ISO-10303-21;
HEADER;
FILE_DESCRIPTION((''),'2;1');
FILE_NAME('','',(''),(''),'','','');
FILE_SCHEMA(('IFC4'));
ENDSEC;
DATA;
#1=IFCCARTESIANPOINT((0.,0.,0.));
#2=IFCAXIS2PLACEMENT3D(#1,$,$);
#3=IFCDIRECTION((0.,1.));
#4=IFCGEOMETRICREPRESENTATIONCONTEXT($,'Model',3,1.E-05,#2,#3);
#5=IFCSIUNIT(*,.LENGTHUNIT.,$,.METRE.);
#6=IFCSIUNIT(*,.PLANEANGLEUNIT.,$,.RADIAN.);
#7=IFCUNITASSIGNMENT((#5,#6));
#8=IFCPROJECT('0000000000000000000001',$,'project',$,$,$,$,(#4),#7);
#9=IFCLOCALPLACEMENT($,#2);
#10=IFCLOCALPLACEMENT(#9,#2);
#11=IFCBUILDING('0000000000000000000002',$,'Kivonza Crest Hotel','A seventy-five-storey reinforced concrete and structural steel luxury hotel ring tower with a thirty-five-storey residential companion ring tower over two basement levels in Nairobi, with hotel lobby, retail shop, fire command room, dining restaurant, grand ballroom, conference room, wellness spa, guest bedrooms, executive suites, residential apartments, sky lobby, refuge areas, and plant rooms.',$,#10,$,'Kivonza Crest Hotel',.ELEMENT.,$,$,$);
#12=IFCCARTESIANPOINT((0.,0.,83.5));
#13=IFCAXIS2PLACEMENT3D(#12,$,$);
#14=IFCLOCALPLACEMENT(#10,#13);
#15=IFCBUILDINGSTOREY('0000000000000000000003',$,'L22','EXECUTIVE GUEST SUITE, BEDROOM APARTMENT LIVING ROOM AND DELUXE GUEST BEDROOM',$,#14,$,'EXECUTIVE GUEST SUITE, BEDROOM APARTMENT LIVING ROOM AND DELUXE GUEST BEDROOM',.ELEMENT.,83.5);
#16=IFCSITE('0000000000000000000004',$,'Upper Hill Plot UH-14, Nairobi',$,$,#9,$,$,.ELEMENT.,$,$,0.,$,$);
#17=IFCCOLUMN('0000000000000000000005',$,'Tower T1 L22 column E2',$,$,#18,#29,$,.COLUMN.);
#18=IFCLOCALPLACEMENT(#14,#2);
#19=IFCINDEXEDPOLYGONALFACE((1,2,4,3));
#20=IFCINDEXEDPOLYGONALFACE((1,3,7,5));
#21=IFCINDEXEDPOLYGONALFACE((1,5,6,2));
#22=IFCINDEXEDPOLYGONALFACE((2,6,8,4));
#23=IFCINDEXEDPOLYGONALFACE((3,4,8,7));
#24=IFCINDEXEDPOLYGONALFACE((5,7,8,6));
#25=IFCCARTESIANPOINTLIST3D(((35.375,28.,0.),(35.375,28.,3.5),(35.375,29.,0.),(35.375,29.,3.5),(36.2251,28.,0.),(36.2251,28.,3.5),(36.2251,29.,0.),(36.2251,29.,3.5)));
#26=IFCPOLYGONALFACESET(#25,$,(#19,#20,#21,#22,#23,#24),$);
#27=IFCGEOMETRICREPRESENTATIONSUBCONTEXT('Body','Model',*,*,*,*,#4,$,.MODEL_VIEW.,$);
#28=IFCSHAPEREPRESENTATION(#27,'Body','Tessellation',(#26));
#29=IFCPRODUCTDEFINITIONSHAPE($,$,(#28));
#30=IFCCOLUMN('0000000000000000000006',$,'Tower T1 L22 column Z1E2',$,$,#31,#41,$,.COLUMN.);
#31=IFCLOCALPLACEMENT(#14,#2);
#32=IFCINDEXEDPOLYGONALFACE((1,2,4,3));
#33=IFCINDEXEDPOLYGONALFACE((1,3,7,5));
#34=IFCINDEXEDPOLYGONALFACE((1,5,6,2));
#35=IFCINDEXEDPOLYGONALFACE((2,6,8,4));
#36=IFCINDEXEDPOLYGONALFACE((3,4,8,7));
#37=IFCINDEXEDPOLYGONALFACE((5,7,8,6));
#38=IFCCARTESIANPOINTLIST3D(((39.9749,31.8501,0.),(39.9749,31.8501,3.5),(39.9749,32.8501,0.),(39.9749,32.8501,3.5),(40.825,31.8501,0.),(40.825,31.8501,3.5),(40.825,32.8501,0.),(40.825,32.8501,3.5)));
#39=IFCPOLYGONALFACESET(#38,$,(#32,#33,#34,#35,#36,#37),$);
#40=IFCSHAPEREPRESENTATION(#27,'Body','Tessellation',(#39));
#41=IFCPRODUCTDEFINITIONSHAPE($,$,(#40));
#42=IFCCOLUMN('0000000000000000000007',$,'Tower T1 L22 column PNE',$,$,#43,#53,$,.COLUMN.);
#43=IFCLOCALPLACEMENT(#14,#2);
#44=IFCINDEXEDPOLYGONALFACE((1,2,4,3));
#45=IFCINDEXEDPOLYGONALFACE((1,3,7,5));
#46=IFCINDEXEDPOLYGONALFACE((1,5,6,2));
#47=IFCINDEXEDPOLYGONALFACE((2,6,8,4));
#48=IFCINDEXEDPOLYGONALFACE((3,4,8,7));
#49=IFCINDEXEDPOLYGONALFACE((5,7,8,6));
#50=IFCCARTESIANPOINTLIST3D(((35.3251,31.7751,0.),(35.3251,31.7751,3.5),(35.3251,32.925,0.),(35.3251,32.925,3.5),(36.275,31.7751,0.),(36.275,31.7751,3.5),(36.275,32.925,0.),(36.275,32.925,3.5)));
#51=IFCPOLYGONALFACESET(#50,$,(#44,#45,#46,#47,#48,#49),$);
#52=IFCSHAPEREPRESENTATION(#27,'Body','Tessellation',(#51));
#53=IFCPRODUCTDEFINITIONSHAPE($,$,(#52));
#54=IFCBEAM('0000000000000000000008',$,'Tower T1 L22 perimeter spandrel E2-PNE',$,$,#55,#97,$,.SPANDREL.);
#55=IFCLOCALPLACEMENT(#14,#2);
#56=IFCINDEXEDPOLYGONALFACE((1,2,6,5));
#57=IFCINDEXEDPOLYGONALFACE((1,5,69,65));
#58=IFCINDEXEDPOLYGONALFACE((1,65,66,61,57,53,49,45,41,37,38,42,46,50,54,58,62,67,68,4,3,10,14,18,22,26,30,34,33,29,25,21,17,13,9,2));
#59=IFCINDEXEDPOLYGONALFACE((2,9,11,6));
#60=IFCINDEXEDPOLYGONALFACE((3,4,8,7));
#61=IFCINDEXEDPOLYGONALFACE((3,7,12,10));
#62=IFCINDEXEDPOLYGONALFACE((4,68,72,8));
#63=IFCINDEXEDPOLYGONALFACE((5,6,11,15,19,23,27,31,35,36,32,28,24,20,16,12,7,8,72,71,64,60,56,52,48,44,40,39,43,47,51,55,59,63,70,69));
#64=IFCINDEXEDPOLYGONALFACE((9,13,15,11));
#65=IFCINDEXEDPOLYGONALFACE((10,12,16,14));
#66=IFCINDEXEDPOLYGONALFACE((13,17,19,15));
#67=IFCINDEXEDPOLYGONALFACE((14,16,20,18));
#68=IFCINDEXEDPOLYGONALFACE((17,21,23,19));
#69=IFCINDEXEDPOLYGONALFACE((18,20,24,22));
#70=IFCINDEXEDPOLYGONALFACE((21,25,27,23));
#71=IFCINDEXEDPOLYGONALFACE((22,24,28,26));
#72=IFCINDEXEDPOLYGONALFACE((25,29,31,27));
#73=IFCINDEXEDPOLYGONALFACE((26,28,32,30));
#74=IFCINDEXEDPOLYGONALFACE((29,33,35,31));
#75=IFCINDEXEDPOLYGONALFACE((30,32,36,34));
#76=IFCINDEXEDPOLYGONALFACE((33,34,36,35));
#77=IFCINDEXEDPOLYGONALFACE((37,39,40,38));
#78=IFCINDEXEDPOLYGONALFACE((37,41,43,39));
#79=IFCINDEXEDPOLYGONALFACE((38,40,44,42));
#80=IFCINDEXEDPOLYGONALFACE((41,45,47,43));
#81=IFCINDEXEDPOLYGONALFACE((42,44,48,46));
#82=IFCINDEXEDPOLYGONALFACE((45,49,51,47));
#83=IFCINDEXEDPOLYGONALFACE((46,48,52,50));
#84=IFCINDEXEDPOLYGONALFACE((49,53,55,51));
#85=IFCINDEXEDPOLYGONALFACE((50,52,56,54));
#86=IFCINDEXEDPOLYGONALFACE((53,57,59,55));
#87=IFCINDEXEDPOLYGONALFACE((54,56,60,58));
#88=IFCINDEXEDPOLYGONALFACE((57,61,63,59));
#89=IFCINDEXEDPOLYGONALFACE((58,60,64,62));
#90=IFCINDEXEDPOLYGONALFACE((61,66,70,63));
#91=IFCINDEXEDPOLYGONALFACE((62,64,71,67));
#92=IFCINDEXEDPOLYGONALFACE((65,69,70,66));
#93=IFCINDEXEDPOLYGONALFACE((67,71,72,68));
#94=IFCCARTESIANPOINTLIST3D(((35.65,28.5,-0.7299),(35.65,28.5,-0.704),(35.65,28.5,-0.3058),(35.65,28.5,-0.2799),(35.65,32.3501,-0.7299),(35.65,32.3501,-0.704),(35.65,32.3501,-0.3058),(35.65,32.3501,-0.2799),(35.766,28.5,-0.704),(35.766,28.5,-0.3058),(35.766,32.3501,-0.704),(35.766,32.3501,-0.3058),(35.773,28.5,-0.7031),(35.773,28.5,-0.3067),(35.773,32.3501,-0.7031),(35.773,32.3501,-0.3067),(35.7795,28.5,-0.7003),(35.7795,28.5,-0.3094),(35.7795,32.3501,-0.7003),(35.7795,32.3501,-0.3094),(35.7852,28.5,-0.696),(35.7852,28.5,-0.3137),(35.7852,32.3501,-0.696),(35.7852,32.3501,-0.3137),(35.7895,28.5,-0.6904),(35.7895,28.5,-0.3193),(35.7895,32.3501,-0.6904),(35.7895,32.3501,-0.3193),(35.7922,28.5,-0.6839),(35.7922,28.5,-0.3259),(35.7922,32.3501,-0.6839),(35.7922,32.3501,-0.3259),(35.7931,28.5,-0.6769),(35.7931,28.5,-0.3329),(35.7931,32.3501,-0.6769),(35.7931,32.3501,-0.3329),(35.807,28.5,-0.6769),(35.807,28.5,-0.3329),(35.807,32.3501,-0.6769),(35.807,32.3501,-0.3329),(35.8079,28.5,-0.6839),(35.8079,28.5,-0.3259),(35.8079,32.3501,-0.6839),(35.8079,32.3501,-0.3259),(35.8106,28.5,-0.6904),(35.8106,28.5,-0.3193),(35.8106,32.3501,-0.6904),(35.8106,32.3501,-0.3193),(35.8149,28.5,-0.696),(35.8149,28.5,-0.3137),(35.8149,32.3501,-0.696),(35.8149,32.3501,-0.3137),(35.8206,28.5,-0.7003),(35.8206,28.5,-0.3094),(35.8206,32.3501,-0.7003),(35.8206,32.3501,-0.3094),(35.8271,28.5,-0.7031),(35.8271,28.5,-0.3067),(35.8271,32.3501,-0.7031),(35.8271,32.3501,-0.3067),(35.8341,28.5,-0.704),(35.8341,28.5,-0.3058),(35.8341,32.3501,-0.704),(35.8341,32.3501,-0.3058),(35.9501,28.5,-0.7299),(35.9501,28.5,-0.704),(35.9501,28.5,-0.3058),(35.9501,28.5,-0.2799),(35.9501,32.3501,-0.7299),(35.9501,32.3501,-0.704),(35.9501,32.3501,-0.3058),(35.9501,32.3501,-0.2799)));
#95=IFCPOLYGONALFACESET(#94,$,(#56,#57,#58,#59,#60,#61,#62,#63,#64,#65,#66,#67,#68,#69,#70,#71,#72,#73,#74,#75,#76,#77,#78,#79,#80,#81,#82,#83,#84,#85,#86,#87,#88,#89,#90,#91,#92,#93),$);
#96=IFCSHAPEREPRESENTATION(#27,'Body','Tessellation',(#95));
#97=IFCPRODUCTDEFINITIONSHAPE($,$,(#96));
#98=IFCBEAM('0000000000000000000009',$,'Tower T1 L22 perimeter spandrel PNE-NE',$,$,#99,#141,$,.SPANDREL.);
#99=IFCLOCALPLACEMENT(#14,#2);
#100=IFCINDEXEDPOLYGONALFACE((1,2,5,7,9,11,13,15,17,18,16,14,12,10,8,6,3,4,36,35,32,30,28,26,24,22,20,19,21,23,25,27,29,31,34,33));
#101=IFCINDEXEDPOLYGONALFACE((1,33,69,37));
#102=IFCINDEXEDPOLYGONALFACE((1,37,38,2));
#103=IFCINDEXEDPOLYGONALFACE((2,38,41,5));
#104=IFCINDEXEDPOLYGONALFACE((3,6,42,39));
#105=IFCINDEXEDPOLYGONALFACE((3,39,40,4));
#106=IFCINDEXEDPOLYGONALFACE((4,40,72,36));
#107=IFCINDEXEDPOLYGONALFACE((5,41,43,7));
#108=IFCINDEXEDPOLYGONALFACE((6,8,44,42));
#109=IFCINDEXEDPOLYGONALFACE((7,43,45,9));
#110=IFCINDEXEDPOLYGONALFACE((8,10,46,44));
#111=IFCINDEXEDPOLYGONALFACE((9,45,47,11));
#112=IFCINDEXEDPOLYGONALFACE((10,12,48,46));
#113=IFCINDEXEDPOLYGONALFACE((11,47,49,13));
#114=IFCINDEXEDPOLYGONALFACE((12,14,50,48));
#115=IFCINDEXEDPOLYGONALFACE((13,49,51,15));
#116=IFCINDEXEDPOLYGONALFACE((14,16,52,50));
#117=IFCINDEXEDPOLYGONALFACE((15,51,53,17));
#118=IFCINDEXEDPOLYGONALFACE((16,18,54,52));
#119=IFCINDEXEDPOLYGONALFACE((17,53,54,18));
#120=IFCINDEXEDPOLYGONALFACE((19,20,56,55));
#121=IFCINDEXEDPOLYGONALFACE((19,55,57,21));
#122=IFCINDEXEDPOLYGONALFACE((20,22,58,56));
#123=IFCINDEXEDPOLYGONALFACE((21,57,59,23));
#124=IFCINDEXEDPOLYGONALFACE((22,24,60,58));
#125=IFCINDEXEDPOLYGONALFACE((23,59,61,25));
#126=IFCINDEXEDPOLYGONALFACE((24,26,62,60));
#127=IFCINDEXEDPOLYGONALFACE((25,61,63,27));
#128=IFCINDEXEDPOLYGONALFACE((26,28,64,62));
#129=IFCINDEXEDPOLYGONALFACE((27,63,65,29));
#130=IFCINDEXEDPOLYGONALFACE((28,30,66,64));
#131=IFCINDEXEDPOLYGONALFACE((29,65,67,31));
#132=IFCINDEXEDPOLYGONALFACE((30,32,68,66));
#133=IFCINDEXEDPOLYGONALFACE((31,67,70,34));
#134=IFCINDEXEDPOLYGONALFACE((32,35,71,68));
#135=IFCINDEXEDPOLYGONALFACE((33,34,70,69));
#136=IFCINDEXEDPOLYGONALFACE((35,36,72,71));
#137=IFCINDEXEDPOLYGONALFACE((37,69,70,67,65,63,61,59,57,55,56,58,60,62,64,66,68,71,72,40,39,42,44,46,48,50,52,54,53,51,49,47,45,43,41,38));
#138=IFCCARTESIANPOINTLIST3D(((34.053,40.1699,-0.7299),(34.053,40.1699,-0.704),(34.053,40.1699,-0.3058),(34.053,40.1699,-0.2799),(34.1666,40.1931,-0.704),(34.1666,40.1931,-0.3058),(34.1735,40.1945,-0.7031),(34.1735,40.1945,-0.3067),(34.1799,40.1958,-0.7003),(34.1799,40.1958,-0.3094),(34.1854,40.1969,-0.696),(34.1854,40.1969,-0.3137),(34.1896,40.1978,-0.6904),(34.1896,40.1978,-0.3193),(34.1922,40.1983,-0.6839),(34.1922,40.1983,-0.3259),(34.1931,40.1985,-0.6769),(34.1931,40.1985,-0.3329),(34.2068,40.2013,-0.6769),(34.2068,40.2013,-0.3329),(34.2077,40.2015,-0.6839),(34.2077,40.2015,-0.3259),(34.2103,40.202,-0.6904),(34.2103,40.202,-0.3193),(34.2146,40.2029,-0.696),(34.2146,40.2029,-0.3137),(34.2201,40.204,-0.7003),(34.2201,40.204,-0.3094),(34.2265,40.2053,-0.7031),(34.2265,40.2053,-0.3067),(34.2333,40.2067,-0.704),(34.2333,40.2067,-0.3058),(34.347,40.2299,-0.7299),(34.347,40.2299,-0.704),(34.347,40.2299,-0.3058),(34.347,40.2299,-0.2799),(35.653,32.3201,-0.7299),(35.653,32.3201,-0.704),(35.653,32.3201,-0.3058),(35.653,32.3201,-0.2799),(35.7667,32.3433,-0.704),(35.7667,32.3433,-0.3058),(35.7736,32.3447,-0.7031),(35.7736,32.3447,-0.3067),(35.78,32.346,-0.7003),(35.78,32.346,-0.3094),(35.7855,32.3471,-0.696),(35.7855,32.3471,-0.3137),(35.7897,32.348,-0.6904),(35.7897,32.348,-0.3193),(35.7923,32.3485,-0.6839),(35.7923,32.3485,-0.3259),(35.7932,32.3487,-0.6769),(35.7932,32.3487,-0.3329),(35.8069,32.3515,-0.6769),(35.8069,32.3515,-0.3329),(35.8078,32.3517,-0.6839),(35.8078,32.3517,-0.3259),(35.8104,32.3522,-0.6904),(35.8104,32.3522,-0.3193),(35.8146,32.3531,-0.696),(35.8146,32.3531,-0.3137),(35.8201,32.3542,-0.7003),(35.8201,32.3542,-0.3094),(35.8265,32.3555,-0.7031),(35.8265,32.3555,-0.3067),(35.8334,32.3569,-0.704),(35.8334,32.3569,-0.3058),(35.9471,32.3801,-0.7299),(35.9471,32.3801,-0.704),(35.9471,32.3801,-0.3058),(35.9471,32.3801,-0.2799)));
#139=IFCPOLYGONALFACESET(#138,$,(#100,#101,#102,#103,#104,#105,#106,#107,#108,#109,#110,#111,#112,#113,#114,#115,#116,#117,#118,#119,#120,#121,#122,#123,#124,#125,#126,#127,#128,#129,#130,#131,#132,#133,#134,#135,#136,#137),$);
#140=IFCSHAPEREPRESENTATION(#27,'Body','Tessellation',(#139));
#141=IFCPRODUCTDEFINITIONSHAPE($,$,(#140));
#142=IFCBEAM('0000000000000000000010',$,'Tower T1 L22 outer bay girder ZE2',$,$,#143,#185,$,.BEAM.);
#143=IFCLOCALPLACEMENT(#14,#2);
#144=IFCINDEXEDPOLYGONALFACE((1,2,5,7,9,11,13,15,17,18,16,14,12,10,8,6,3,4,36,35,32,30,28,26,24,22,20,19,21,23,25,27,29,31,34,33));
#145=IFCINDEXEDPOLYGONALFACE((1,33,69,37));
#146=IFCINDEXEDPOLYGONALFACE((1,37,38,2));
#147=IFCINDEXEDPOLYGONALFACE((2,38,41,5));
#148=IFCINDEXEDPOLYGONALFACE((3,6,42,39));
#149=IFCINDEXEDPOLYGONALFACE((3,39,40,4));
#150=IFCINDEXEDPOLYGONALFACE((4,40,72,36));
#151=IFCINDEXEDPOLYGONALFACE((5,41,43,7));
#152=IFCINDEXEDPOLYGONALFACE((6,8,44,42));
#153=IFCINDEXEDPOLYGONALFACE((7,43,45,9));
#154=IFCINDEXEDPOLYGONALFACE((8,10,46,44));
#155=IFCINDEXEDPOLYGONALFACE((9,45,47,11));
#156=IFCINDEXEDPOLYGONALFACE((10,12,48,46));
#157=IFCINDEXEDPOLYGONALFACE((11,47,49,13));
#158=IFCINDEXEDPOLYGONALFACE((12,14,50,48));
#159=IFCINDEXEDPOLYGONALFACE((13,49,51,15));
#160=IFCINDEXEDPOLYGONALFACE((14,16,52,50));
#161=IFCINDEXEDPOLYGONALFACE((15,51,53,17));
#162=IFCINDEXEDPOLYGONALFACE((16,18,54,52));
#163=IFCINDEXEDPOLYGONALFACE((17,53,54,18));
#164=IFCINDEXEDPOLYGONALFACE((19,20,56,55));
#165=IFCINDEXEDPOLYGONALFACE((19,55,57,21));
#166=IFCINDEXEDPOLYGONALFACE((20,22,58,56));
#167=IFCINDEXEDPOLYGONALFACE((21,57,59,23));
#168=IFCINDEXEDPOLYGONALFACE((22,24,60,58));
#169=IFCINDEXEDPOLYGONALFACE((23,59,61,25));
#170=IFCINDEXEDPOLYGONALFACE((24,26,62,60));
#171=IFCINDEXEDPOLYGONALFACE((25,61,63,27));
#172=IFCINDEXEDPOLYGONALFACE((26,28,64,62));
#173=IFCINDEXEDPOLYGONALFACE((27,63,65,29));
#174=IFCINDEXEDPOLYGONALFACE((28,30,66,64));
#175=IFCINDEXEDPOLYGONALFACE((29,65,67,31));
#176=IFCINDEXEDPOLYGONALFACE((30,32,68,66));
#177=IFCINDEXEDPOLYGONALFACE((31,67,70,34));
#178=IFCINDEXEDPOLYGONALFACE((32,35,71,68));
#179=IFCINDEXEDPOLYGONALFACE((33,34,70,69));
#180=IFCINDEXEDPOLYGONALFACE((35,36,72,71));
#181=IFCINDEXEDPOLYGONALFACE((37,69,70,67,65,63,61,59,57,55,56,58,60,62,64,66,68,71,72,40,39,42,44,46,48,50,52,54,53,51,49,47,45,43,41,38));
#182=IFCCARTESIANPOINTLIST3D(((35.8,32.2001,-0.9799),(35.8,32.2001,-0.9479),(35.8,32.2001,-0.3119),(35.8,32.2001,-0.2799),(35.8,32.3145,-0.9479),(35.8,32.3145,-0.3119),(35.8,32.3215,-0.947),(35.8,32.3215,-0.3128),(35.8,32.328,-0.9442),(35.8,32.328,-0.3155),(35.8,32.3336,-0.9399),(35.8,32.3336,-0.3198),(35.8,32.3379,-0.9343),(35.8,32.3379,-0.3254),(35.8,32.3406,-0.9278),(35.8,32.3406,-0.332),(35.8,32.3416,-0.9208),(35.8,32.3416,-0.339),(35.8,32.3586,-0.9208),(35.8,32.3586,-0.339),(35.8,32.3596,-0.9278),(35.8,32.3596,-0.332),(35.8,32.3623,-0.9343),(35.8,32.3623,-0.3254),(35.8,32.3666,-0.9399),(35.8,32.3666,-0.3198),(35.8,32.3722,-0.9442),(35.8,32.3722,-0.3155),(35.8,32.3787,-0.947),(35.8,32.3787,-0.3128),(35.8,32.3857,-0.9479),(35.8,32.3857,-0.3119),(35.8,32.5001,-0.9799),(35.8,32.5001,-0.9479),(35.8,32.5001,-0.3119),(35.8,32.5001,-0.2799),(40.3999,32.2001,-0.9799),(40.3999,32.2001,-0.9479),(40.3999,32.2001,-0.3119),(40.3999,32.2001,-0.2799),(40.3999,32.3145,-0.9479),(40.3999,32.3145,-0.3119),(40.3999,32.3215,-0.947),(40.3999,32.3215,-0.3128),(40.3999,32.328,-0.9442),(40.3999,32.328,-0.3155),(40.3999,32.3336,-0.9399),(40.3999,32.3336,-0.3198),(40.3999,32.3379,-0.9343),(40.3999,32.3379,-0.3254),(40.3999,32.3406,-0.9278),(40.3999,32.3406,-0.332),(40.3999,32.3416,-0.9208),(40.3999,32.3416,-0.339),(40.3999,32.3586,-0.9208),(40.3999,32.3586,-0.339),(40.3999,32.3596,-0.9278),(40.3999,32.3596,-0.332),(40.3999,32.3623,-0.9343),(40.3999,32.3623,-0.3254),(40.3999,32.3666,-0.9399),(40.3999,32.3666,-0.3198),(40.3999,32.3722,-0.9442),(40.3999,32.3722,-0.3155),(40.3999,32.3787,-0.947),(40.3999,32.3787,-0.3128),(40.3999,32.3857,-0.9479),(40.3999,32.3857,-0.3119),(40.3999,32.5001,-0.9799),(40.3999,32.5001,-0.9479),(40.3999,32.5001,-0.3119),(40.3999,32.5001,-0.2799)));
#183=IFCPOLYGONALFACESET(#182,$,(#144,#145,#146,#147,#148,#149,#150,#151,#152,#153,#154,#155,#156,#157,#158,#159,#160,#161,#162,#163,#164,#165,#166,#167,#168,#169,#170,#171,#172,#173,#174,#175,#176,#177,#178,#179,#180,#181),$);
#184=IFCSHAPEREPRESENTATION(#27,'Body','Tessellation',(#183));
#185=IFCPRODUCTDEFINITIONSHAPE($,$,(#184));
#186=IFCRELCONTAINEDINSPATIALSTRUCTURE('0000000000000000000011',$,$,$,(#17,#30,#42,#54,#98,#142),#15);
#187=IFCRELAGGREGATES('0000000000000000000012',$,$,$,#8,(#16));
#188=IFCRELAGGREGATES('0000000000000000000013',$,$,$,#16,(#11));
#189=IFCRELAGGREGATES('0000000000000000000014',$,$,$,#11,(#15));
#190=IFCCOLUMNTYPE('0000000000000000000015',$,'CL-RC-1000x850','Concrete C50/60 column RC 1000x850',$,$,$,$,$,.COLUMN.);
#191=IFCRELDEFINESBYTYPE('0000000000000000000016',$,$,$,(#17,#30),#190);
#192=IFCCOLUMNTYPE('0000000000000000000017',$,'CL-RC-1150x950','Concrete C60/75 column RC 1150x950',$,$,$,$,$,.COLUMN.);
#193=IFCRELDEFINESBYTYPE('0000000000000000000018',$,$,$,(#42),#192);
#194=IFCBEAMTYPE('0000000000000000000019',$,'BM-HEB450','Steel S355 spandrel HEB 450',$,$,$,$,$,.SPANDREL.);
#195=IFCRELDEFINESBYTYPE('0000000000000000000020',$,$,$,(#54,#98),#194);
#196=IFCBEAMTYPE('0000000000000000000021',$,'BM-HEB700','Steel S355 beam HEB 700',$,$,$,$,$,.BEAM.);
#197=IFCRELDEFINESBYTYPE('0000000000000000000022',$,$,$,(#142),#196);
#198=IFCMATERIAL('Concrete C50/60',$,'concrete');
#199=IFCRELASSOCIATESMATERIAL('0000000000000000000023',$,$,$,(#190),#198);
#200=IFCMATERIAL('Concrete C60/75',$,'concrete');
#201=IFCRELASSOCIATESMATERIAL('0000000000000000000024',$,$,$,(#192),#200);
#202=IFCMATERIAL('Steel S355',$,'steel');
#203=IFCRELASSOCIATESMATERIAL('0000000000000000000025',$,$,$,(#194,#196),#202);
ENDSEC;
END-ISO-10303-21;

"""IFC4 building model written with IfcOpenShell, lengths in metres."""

from ifc_helpers import new_model, si_unit, direction, frame, origin, origin_2d, place, context, subcontext, project, spatial, rectangle, i_section, extrude, material, material_profile, profile_set, type_object, element, save


model = new_model("IFC4")

# Units and contexts
model_context = context("Model", 3, precision=1e-05, world=origin(), true_north=direction((0.0, 1.0)))
body_context = subcontext(model_context, "Body", "Model", "MODEL_VIEW")
ifc_project = project(units=[si_unit("LENGTHUNIT", "METRE"), si_unit("PLANEANGLEUNIT", "RADIAN")], contexts=[model_context])

# Site, building, storey
site_placement = place(None, origin())
site = spatial("IfcSite", under=ifc_project, at=site_placement, Name="Upper Hill Plot UH-14, Nairobi", CompositionType="ELEMENT", RefElevation=0.0)
building_placement = place(site_placement, origin())
building = spatial("IfcBuilding", under=site, at=building_placement, Name="Kivonza Crest Hotel", Description="A seventy-five-storey reinforced concrete and structural steel luxury hotel ring tower with a thirty-five-storey residential companion ring tower over two basement levels in Nairobi, with hotel lobby, retail shop, fire command room, dining restaurant, grand ballroom, conference room, wellness spa, guest bedrooms, executive suites, residential apartments, sky lobby, refuge areas, and plant rooms.", LongName="Kivonza Crest Hotel", CompositionType="ELEMENT")
storey_placement = place(building_placement, frame((0.0, 0.0, 83.5)))
storey = spatial("IfcBuildingStorey", under=building, at=storey_placement, Name="L22", Description="EXECUTIVE GUEST SUITE, BEDROOM APARTMENT LIVING ROOM AND DELUXE GUEST BEDROOM", LongName="EXECUTIVE GUEST SUITE, BEDROOM APARTMENT LIVING ROOM AND DELUXE GUEST BEDROOM", CompositionType="ELEMENT", Elevation=83.5)

# Columns
ifc_material_1 = material(Name="Concrete C50/60", Category="concrete")
ifc_material_profile_1 = material_profile(ifc_material_1, rectangle(XDim=0.8501, YDim=1.0, at=origin_2d()), Name="RC 1000x850")
ifc_profile_set_1 = profile_set([ifc_material_profile_1], Name="Concrete C50/60")
column_type_1 = type_object("IfcColumnType", Name="CL-RC-1000x850", Description="Concrete C50/60 column RC 1000x850", PredefinedType="COLUMN", material=ifc_profile_set_1)
for number, where, z_axis, x_axis, name in (
    (1, (35.8, 28.5, 0.0), (0.0, 0.0, 1.0), (1.0, 0.0, 0.0), "Tower T1 L22 column E2"),
    (2, (40.3999, 32.3501, 0.0), (0.0, 0.0, 1.0), (1.0, 0.0, 0.0), "Tower T1 L22 column Z1E2"),
):
    element("IfcColumn", number, at=place(storey_placement, frame(where, z_axis=z_axis, x_axis=x_axis)), inside=storey, type_object=column_type_1, Name=name, PredefinedType="COLUMN", context=body_context, shape_type="SweptSolid", body=[
        extrude(rectangle(XDim=0.8501, YDim=1.0, at=origin_2d()), origin(), (0.0, 0.0, 1.0), 3.5),
    ])
ifc_material_2 = material(Name="Concrete C60/75", Category="concrete")
ifc_material_profile_2 = material_profile(ifc_material_2, rectangle(XDim=0.95, YDim=1.1499, at=origin_2d()), Name="RC 1150x950")
ifc_profile_set_2 = profile_set([ifc_material_profile_2], Name="Concrete C60/75")
column_type_2 = type_object("IfcColumnType", Name="CL-RC-1150x950", Description="Concrete C60/75 column RC 1150x950", PredefinedType="COLUMN", material=ifc_profile_set_2)
column_placement = place(storey_placement, frame((35.8, 32.3501, 0.0), z_axis=(0.0, 0.0, 1.0), x_axis=(1.0, 0.0, 0.0)))
element("IfcColumn", 3, at=column_placement, inside=storey, type_object=column_type_2, Name="Tower T1 L22 column PNE", PredefinedType="COLUMN", context=body_context, shape_type="SweptSolid", body=[
    extrude(rectangle(XDim=0.95, YDim=1.1499, at=origin_2d()), origin(), (0.0, 0.0, 1.0), 3.5),
])

# Beams
ifc_material_3 = material(Name="Steel S355", Category="steel")
ifc_material_profile_3 = material_profile(ifc_material_3, i_section(OverallWidth=0.3, OverallDepth=0.45, WebThickness=0.0139, FlangeThickness=0.0259, FilletRadius=0.0271, at=origin_2d()), Name="HEB 450")
ifc_profile_set_3 = profile_set([ifc_material_profile_3], Name="Steel S355")
beam_type_1 = type_object("IfcBeamType", Name="BM-HEB450", Description="Steel S355 spandrel HEB 450", PredefinedType="SPANDREL", material=ifc_profile_set_3)
beam_1_placement = place(storey_placement, frame((35.8, 28.5, -0.5049), z_axis=(0.0, 1.0, 0.0), x_axis=(-1.0, 0.0, 0.0)))
element("IfcBeam", 4, at=beam_1_placement, inside=storey, type_object=beam_type_1, Name="Tower T1 L22 perimeter spandrel E2-PNE", PredefinedType="SPANDREL", context=body_context, shape_type="SweptSolid", body=[
    extrude(i_section(OverallWidth=0.3, OverallDepth=0.45, WebThickness=0.0139, FlangeThickness=0.0259, FilletRadius=0.0271, at=origin_2d()), origin(), (0.0, 0.0, 1.0), 3.8501),
])
beam_2_placement = place(storey_placement, frame((35.8, 32.3501, -0.5049), z_axis=(-0.199731, 0.979851, 0.0), x_axis=(-0.979851, -0.199731, 0.0)))
element("IfcBeam", 5, at=beam_2_placement, inside=storey, type_object=beam_type_1, Name="Tower T1 L22 perimeter spandrel PNE-NE", PredefinedType="SPANDREL", context=body_context, shape_type="SweptSolid", body=[
    extrude(i_section(OverallWidth=0.3, OverallDepth=0.45, WebThickness=0.0139, FlangeThickness=0.0259, FilletRadius=0.0271, at=origin_2d()), origin(), (0.0, 0.0, 1.0), 8.0112),
])
ifc_material_profile_4 = material_profile(ifc_material_3, i_section(OverallWidth=0.3, OverallDepth=0.7, WebThickness=0.0171, FlangeThickness=0.032, FilletRadius=0.0271, at=origin_2d()), Name="HEB 700")
ifc_profile_set_4 = profile_set([ifc_material_profile_4], Name="Steel S355")
beam_type_2 = type_object("IfcBeamType", Name="BM-HEB700", Description="Steel S355 beam HEB 700", PredefinedType="BEAM", material=ifc_profile_set_4)
beam_3_placement = place(storey_placement, frame((40.3999, 32.3501, -0.6299), z_axis=(-1.0, 0.0, 0.0), x_axis=(0.0, -1.0, 0.0)))
element("IfcBeam", 6, at=beam_3_placement, inside=storey, type_object=beam_type_2, Name="Tower T1 L22 outer bay girder ZE2", PredefinedType="BEAM", context=body_context, shape_type="SweptSolid", body=[
    extrude(i_section(OverallWidth=0.3, OverallDepth=0.7, WebThickness=0.0171, FlangeThickness=0.032, FilletRadius=0.0271, at=origin_2d()), origin(), (0.0, 0.0, 1.0), 4.5999),
])

save(model, "model.ifc")
